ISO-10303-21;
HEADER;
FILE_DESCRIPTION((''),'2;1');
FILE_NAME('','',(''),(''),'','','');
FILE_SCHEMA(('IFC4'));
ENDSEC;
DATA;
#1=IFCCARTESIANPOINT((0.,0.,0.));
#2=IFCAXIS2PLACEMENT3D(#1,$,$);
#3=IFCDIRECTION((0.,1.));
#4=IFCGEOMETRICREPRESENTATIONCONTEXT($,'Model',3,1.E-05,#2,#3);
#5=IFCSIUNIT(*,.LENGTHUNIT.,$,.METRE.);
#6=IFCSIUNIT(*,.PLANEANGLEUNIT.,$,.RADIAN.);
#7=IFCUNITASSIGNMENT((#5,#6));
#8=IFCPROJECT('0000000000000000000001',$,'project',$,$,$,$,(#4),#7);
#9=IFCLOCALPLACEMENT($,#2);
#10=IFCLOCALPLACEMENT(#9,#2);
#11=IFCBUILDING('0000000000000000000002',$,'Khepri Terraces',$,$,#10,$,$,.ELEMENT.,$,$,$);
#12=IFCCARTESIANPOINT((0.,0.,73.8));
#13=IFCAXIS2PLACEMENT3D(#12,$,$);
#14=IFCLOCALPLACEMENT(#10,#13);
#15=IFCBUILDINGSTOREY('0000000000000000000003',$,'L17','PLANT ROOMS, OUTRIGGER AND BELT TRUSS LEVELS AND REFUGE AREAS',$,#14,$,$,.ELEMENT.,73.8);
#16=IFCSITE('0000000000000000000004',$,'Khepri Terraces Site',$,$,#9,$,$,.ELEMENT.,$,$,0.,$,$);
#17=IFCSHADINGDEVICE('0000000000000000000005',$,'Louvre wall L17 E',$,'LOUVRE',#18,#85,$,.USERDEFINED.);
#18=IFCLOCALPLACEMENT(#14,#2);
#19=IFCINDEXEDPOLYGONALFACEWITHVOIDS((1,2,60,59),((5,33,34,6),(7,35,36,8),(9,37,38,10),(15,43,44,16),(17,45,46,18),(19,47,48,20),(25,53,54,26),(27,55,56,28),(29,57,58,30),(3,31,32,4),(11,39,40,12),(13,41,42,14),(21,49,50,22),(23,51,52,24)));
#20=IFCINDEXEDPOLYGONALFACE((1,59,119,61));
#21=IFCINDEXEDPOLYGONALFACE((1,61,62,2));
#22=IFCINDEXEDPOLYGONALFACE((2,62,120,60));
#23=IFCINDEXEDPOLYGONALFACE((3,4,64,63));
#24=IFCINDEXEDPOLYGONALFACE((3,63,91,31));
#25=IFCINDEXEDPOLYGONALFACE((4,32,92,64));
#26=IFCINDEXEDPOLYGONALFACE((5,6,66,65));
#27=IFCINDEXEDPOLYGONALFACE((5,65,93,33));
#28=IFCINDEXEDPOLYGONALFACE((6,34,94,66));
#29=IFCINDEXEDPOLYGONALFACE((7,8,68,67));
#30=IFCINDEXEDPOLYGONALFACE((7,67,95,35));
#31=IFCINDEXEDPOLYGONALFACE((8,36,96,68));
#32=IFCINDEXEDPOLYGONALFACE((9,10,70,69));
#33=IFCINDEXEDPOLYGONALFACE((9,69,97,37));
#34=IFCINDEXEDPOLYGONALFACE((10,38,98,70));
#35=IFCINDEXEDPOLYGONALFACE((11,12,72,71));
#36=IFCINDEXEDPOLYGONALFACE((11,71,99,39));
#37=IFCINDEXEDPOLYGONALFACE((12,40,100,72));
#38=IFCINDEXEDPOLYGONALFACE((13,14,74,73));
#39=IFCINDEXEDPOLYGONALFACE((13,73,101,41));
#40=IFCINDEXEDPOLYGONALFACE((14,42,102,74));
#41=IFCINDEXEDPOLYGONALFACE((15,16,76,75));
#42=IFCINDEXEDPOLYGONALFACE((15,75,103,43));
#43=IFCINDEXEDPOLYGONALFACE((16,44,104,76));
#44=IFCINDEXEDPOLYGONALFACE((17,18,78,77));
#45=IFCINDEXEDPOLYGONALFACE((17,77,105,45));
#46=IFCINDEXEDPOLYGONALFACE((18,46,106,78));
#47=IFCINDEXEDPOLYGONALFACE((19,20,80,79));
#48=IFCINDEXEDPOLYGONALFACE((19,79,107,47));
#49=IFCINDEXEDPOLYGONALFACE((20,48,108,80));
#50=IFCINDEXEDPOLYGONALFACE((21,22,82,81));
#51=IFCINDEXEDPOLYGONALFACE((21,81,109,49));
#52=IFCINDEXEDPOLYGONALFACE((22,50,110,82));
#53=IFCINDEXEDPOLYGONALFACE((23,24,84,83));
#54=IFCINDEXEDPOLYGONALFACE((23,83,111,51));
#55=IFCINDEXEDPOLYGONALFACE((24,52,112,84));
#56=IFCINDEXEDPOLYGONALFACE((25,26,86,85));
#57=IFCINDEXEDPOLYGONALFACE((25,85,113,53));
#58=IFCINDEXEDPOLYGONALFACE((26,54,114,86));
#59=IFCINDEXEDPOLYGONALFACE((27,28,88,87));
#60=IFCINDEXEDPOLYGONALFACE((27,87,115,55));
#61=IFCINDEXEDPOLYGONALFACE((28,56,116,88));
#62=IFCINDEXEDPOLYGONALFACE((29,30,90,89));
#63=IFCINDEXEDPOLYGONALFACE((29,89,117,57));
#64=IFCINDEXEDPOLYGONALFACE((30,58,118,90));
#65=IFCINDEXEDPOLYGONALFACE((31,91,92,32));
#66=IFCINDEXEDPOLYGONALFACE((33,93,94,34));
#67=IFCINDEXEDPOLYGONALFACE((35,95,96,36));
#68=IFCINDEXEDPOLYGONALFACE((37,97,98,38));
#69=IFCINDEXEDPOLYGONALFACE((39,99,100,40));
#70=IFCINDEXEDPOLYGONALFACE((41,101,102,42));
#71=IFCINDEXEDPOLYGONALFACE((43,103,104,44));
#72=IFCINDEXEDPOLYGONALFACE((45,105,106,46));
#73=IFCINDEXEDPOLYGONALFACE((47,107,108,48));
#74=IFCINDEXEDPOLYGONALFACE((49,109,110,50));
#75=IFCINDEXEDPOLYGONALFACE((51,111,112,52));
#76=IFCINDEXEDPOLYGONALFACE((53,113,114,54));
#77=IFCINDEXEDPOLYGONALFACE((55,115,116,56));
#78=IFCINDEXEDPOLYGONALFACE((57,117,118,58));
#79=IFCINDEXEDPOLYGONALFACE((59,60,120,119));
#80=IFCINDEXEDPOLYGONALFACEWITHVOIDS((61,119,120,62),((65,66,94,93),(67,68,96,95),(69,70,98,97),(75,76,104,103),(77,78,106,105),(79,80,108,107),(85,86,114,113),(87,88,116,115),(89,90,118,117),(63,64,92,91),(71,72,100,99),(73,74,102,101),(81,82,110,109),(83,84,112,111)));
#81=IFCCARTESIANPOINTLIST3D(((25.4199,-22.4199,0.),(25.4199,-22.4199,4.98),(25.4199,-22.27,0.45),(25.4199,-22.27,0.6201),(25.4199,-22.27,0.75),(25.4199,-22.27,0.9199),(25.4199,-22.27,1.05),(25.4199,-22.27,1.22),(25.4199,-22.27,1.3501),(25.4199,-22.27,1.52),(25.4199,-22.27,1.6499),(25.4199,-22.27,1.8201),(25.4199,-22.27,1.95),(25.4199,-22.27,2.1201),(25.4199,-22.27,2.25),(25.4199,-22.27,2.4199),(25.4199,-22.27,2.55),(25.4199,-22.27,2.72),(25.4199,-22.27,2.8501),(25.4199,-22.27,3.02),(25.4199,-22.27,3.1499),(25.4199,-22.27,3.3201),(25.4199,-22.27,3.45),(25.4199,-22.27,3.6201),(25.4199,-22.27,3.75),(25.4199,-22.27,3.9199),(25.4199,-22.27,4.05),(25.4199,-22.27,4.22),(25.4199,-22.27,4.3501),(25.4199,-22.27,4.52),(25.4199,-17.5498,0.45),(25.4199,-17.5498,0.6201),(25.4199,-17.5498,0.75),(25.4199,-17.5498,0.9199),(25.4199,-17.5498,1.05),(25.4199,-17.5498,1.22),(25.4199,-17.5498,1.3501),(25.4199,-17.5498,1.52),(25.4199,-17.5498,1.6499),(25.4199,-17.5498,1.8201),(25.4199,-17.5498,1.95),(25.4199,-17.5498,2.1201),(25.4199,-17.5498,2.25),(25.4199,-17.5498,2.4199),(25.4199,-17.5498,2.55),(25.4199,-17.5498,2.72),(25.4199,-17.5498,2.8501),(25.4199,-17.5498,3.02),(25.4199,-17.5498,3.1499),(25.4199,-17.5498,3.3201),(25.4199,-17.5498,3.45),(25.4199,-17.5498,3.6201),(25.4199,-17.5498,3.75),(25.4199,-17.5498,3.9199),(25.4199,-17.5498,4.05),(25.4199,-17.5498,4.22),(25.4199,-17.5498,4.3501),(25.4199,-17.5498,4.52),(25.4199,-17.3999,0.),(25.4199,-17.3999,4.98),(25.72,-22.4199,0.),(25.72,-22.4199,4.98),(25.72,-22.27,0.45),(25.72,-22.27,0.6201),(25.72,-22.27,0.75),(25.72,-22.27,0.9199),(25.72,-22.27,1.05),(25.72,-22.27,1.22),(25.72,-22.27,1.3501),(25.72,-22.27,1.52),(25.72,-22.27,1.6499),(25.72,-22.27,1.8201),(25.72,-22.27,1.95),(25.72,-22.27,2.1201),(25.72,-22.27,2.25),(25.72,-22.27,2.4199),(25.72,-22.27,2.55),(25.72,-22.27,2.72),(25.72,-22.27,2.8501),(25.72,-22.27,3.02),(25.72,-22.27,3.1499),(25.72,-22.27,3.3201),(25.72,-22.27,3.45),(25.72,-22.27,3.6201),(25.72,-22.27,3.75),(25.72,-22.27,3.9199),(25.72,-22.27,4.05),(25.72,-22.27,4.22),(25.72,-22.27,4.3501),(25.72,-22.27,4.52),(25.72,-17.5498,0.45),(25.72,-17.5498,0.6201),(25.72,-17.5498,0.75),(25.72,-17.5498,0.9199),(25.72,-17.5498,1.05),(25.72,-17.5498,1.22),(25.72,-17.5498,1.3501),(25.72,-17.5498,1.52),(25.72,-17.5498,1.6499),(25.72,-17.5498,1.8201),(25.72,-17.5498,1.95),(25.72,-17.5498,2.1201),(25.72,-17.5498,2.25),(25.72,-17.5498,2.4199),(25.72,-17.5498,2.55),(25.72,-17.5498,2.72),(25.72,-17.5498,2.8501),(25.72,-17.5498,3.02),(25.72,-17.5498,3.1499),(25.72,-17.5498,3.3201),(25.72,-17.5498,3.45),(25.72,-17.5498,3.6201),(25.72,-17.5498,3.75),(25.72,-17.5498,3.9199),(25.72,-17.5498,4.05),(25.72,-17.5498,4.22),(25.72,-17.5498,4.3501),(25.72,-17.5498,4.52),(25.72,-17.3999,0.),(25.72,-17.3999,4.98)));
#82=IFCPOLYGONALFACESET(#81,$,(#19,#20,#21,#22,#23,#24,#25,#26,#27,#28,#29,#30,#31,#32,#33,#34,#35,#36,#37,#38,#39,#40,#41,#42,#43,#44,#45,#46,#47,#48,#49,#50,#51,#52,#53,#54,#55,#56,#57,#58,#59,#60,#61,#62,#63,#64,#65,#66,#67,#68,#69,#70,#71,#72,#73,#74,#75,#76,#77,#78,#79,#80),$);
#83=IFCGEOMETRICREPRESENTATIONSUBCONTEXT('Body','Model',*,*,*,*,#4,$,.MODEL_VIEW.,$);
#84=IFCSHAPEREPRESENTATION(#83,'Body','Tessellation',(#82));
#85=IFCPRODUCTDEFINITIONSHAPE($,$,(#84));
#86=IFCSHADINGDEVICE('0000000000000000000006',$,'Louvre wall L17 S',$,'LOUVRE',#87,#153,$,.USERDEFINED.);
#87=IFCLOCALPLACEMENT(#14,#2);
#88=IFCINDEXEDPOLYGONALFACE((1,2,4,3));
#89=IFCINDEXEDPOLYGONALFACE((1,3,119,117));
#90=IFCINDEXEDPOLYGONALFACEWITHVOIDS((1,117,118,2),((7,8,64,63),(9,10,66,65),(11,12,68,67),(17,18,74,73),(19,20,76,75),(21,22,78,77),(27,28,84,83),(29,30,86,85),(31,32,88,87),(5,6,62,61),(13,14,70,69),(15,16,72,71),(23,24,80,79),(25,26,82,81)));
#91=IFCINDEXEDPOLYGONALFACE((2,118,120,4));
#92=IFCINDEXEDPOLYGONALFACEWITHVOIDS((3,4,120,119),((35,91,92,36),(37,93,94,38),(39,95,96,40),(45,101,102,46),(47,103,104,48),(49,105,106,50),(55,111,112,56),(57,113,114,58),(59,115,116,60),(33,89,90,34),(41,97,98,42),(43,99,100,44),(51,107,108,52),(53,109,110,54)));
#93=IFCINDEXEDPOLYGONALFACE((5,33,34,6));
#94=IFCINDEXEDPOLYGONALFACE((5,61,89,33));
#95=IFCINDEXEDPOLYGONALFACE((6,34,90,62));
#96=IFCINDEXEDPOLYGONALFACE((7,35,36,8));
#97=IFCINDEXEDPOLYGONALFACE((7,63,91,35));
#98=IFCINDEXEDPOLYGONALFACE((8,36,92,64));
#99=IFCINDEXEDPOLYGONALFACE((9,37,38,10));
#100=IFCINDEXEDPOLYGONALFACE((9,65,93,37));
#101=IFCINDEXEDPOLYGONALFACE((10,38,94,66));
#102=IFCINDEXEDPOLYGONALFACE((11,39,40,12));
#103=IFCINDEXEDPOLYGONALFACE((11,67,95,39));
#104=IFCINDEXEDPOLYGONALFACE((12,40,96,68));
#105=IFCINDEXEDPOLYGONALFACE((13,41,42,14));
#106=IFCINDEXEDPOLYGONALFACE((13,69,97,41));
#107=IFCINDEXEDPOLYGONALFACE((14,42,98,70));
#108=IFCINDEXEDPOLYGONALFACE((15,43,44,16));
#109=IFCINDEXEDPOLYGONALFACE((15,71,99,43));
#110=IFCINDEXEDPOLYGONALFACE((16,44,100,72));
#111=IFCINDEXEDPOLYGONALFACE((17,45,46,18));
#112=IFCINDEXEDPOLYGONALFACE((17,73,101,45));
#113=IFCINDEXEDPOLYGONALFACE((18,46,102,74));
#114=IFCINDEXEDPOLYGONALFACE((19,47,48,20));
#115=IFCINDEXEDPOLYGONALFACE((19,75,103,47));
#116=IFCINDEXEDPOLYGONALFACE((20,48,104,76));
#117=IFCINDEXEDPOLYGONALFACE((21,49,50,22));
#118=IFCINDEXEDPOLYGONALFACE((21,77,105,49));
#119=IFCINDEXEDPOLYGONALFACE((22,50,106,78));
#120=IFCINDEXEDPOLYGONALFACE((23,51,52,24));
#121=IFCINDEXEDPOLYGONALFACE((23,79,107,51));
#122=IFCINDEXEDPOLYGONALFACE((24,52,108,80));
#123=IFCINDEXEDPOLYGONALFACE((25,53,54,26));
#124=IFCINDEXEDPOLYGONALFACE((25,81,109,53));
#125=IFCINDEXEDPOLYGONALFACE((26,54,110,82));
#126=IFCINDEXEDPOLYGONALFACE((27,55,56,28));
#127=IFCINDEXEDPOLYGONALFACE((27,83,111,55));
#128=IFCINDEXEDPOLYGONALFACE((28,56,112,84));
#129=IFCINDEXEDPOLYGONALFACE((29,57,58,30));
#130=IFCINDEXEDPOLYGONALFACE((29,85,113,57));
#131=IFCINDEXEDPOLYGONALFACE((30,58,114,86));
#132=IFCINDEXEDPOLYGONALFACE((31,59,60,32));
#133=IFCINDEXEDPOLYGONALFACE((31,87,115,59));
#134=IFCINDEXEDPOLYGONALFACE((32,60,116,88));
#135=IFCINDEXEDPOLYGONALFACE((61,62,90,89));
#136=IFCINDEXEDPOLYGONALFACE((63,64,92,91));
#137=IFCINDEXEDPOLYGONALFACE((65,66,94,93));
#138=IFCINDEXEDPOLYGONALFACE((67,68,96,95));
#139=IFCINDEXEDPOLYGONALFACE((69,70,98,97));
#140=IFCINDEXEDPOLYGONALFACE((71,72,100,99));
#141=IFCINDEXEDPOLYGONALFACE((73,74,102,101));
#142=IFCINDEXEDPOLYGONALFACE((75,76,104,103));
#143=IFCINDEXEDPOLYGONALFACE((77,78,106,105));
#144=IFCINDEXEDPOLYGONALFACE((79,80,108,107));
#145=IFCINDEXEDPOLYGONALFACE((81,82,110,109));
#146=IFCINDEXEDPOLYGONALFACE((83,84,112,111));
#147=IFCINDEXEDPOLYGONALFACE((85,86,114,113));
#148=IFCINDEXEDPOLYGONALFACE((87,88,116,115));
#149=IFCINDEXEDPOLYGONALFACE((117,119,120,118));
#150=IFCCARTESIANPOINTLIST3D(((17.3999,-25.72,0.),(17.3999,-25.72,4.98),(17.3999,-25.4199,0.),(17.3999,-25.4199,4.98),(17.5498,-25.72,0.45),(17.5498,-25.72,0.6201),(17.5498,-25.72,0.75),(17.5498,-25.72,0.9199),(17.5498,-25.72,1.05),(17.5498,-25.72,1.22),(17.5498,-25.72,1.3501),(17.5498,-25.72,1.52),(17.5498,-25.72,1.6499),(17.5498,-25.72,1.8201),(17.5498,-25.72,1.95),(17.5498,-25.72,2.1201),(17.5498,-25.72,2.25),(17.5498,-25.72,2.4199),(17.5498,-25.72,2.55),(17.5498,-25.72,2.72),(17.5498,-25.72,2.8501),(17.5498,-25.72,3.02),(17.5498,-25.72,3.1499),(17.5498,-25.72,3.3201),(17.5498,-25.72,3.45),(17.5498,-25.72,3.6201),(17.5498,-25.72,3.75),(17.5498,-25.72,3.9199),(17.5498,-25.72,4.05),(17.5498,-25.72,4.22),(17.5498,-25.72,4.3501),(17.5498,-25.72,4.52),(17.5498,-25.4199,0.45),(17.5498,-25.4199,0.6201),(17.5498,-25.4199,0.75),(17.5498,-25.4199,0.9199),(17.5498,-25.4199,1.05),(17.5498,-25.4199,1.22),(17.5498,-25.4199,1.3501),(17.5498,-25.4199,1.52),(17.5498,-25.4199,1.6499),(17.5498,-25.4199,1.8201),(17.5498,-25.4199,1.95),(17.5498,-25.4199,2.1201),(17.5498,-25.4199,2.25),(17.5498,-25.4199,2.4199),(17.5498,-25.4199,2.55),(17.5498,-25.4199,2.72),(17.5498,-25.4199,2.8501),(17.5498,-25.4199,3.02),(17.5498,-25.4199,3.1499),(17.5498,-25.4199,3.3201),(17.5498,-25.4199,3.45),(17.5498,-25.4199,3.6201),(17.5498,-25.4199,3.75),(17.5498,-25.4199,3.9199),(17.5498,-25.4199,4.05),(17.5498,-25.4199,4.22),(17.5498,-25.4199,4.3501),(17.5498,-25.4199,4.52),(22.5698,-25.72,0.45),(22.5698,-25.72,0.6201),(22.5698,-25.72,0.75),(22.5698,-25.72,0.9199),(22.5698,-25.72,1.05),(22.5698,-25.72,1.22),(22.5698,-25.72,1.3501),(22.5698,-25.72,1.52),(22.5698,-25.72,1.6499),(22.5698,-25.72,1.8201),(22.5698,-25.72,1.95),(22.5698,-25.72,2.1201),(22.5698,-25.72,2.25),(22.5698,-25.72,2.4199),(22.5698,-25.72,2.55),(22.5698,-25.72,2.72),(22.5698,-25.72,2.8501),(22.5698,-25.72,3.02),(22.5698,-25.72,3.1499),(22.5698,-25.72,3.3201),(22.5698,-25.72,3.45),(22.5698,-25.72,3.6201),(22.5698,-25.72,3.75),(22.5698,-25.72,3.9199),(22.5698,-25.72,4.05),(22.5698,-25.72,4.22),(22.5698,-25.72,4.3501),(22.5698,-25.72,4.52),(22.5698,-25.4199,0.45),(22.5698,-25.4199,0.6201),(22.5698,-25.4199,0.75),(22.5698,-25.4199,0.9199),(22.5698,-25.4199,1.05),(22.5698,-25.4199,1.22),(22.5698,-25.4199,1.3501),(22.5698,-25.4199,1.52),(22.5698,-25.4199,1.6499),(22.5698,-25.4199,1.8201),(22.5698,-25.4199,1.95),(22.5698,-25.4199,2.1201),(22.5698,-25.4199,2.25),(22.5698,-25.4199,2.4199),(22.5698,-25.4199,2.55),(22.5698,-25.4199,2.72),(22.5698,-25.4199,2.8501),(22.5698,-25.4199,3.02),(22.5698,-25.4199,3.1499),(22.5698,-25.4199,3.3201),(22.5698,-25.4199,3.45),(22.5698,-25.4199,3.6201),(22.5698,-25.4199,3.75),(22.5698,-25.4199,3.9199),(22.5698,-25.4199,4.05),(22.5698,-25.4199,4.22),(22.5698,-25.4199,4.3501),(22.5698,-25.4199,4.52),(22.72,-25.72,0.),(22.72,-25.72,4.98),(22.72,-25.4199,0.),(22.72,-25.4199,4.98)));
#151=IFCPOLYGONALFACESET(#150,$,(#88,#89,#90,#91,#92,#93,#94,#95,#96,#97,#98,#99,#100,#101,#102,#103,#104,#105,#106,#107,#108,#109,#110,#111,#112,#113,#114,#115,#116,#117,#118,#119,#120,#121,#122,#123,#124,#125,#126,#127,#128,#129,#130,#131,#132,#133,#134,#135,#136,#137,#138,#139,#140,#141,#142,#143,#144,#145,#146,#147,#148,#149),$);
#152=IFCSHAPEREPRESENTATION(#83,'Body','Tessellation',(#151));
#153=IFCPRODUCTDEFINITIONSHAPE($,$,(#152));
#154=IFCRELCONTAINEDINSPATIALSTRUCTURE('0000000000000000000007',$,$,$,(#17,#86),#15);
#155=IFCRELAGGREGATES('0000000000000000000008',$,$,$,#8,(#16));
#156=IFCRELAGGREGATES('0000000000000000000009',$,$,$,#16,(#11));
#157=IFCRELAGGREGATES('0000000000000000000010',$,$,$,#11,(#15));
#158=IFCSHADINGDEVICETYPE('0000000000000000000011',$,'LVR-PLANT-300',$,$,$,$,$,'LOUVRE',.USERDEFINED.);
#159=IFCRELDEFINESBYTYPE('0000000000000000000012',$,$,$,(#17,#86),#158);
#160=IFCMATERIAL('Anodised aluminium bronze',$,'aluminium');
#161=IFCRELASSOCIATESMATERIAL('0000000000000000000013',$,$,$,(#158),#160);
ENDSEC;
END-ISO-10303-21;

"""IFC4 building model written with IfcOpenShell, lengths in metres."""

from ifc_helpers import new_model, si_unit, direction, frame, origin, place, context, subcontext, project, spatial, polyline, outline, extrude, material, type_object, element, save


model = new_model("IFC4")

# Units and contexts
model_context = context("Model", 3, precision=1e-05, world=origin(), true_north=direction((0.0, 1.0)))
body_context = subcontext(model_context, "Body", "Model", "MODEL_VIEW")
ifc_project = project(units=[si_unit("LENGTHUNIT", "METRE"), si_unit("PLANEANGLEUNIT", "RADIAN")], contexts=[model_context])

# Site, building, storey
site_placement = place(None, origin())
site = spatial("IfcSite", under=ifc_project, at=site_placement, Name="Khepri Terraces Site", CompositionType="ELEMENT", RefElevation=0.0)
building_placement = place(site_placement, origin())
building = spatial("IfcBuilding", under=site, at=building_placement, Name="Khepri Terraces", CompositionType="ELEMENT")
storey_placement = place(building_placement, frame((0.0, 0.0, 73.8)))
storey = spatial("IfcBuildingStorey", under=building, at=storey_placement, Name="L17", Description="PLANT ROOMS, OUTRIGGER AND BELT TRUSS LEVELS AND REFUGE AREAS", CompositionType="ELEMENT", Elevation=73.8)

# Shading devices
ifc_material_1 = material(Name="Anodised aluminium bronze", Category="aluminium")
shading_device_type = type_object("IfcShadingDeviceType", Name="LVR-PLANT-300", ElementType="LOUVRE", PredefinedType="USERDEFINED", material=ifc_material_1)
shading_device_1_placement = place(storey_placement, frame((25.4199, -22.4199, 0.0), z_axis=(1.0, 0.0, 0.0), x_axis=(0.0, 1.0, 0.0)))
element("IfcShadingDevice", 1, at=shading_device_1_placement, inside=storey, type_object=shading_device_type, Name="Louvre wall L17 E", ObjectType="LOUVRE", PredefinedType="USERDEFINED", context=body_context, shape_type="SweptSolid", body=[
    extrude(outline(polyline([(0.0, 0.0), (5.02, 0.0), (5.02, 4.98), (0.0, 4.98), (0.0, 0.0)]), holes=[polyline([(0.1499, 0.45), (4.8701, 0.45), (4.8701, 0.6201), (0.1499, 0.6201), (0.1499, 0.45)]), polyline([(0.1499, 0.75), (4.8701, 0.75), (4.8701, 0.9199), (0.1499, 0.9199), (0.1499, 0.75)]), polyline([(0.1499, 1.05), (4.8701, 1.05), (4.8701, 1.22), (0.1499, 1.22), (0.1499, 1.05)]), polyline([(0.1499, 1.3501), (4.8701, 1.3501), (4.8701, 1.52), (0.1499, 1.52), (0.1499, 1.3501)]), polyline([(0.1499, 1.6499), (4.8701, 1.6499), (4.8701, 1.8201), (0.1499, 1.8201), (0.1499, 1.6499)]), polyline([(0.1499, 1.95), (4.8701, 1.95), (4.8701, 2.1201), (0.1499, 2.1201), (0.1499, 1.95)]), polyline([(0.1499, 2.25), (4.8701, 2.25), (4.8701, 2.4199), (0.1499, 2.4199), (0.1499, 2.25)]), polyline([(0.1499, 2.55), (4.8701, 2.55), (4.8701, 2.72), (0.1499, 2.72), (0.1499, 2.55)]), polyline([(0.1499, 2.8501), (4.8701, 2.8501), (4.8701, 3.02), (0.1499, 3.02), (0.1499, 2.8501)]), polyline([(0.1499, 3.1499), (4.8701, 3.1499), (4.8701, 3.3201), (0.1499, 3.3201), (0.1499, 3.1499)]), polyline([(0.1499, 3.45), (4.8701, 3.45), (4.8701, 3.6201), (0.1499, 3.6201), (0.1499, 3.45)]), polyline([(0.1499, 3.75), (4.8701, 3.75), (4.8701, 3.9199), (0.1499, 3.9199), (0.1499, 3.75)]), polyline([(0.1499, 4.05), (4.8701, 4.05), (4.8701, 4.22), (0.1499, 4.22), (0.1499, 4.05)]), polyline([(0.1499, 4.3501), (4.8701, 4.3501), (4.8701, 4.52), (0.1499, 4.52), (0.1499, 4.3501)])]), origin(), (0.0, 0.0, 1.0), 0.3),
])
shading_device_2_placement = place(storey_placement, frame((17.3999, -25.4199, 0.0), z_axis=(0.0, -1.0, 0.0), x_axis=(1.0, 0.0, 0.0)))
element("IfcShadingDevice", 2, at=shading_device_2_placement, inside=storey, type_object=shading_device_type, Name="Louvre wall L17 S", ObjectType="LOUVRE", PredefinedType="USERDEFINED", context=body_context, shape_type="SweptSolid", body=[
    extrude(outline(polyline([(0.0, 0.0), (5.3201, 0.0), (5.3201, 4.98), (0.0, 4.98), (0.0, 0.0)]), holes=[polyline([(0.1499, 0.45), (5.1699, 0.45), (5.1699, 0.6201), (0.1499, 0.6201), (0.1499, 0.45)]), polyline([(0.1499, 0.75), (5.1699, 0.75), (5.1699, 0.9199), (0.1499, 0.9199), (0.1499, 0.75)]), polyline([(0.1499, 1.05), (5.1699, 1.05), (5.1699, 1.22), (0.1499, 1.22), (0.1499, 1.05)]), polyline([(0.1499, 1.3501), (5.1699, 1.3501), (5.1699, 1.52), (0.1499, 1.52), (0.1499, 1.3501)]), polyline([(0.1499, 1.6499), (5.1699, 1.6499), (5.1699, 1.8201), (0.1499, 1.8201), (0.1499, 1.6499)]), polyline([(0.1499, 1.95), (5.1699, 1.95), (5.1699, 2.1201), (0.1499, 2.1201), (0.1499, 1.95)]), polyline([(0.1499, 2.25), (5.1699, 2.25), (5.1699, 2.4199), (0.1499, 2.4199), (0.1499, 2.25)]), polyline([(0.1499, 2.55), (5.1699, 2.55), (5.1699, 2.72), (0.1499, 2.72), (0.1499, 2.55)]), polyline([(0.1499, 2.8501), (5.1699, 2.8501), (5.1699, 3.02), (0.1499, 3.02), (0.1499, 2.8501)]), polyline([(0.1499, 3.1499), (5.1699, 3.1499), (5.1699, 3.3201), (0.1499, 3.3201), (0.1499, 3.1499)]), polyline([(0.1499, 3.45), (5.1699, 3.45), (5.1699, 3.6201), (0.1499, 3.6201), (0.1499, 3.45)]), polyline([(0.1499, 3.75), (5.1699, 3.75), (5.1699, 3.9199), (0.1499, 3.9199), (0.1499, 3.75)]), polyline([(0.1499, 4.05), (5.1699, 4.05), (5.1699, 4.22), (0.1499, 4.22), (0.1499, 4.05)]), polyline([(0.1499, 4.3501), (5.1699, 4.3501), (5.1699, 4.52), (0.1499, 4.52), (0.1499, 4.3501)])]), origin(), (0.0, 0.0, 1.0), 0.3),
])

save(model, "model.ifc")
